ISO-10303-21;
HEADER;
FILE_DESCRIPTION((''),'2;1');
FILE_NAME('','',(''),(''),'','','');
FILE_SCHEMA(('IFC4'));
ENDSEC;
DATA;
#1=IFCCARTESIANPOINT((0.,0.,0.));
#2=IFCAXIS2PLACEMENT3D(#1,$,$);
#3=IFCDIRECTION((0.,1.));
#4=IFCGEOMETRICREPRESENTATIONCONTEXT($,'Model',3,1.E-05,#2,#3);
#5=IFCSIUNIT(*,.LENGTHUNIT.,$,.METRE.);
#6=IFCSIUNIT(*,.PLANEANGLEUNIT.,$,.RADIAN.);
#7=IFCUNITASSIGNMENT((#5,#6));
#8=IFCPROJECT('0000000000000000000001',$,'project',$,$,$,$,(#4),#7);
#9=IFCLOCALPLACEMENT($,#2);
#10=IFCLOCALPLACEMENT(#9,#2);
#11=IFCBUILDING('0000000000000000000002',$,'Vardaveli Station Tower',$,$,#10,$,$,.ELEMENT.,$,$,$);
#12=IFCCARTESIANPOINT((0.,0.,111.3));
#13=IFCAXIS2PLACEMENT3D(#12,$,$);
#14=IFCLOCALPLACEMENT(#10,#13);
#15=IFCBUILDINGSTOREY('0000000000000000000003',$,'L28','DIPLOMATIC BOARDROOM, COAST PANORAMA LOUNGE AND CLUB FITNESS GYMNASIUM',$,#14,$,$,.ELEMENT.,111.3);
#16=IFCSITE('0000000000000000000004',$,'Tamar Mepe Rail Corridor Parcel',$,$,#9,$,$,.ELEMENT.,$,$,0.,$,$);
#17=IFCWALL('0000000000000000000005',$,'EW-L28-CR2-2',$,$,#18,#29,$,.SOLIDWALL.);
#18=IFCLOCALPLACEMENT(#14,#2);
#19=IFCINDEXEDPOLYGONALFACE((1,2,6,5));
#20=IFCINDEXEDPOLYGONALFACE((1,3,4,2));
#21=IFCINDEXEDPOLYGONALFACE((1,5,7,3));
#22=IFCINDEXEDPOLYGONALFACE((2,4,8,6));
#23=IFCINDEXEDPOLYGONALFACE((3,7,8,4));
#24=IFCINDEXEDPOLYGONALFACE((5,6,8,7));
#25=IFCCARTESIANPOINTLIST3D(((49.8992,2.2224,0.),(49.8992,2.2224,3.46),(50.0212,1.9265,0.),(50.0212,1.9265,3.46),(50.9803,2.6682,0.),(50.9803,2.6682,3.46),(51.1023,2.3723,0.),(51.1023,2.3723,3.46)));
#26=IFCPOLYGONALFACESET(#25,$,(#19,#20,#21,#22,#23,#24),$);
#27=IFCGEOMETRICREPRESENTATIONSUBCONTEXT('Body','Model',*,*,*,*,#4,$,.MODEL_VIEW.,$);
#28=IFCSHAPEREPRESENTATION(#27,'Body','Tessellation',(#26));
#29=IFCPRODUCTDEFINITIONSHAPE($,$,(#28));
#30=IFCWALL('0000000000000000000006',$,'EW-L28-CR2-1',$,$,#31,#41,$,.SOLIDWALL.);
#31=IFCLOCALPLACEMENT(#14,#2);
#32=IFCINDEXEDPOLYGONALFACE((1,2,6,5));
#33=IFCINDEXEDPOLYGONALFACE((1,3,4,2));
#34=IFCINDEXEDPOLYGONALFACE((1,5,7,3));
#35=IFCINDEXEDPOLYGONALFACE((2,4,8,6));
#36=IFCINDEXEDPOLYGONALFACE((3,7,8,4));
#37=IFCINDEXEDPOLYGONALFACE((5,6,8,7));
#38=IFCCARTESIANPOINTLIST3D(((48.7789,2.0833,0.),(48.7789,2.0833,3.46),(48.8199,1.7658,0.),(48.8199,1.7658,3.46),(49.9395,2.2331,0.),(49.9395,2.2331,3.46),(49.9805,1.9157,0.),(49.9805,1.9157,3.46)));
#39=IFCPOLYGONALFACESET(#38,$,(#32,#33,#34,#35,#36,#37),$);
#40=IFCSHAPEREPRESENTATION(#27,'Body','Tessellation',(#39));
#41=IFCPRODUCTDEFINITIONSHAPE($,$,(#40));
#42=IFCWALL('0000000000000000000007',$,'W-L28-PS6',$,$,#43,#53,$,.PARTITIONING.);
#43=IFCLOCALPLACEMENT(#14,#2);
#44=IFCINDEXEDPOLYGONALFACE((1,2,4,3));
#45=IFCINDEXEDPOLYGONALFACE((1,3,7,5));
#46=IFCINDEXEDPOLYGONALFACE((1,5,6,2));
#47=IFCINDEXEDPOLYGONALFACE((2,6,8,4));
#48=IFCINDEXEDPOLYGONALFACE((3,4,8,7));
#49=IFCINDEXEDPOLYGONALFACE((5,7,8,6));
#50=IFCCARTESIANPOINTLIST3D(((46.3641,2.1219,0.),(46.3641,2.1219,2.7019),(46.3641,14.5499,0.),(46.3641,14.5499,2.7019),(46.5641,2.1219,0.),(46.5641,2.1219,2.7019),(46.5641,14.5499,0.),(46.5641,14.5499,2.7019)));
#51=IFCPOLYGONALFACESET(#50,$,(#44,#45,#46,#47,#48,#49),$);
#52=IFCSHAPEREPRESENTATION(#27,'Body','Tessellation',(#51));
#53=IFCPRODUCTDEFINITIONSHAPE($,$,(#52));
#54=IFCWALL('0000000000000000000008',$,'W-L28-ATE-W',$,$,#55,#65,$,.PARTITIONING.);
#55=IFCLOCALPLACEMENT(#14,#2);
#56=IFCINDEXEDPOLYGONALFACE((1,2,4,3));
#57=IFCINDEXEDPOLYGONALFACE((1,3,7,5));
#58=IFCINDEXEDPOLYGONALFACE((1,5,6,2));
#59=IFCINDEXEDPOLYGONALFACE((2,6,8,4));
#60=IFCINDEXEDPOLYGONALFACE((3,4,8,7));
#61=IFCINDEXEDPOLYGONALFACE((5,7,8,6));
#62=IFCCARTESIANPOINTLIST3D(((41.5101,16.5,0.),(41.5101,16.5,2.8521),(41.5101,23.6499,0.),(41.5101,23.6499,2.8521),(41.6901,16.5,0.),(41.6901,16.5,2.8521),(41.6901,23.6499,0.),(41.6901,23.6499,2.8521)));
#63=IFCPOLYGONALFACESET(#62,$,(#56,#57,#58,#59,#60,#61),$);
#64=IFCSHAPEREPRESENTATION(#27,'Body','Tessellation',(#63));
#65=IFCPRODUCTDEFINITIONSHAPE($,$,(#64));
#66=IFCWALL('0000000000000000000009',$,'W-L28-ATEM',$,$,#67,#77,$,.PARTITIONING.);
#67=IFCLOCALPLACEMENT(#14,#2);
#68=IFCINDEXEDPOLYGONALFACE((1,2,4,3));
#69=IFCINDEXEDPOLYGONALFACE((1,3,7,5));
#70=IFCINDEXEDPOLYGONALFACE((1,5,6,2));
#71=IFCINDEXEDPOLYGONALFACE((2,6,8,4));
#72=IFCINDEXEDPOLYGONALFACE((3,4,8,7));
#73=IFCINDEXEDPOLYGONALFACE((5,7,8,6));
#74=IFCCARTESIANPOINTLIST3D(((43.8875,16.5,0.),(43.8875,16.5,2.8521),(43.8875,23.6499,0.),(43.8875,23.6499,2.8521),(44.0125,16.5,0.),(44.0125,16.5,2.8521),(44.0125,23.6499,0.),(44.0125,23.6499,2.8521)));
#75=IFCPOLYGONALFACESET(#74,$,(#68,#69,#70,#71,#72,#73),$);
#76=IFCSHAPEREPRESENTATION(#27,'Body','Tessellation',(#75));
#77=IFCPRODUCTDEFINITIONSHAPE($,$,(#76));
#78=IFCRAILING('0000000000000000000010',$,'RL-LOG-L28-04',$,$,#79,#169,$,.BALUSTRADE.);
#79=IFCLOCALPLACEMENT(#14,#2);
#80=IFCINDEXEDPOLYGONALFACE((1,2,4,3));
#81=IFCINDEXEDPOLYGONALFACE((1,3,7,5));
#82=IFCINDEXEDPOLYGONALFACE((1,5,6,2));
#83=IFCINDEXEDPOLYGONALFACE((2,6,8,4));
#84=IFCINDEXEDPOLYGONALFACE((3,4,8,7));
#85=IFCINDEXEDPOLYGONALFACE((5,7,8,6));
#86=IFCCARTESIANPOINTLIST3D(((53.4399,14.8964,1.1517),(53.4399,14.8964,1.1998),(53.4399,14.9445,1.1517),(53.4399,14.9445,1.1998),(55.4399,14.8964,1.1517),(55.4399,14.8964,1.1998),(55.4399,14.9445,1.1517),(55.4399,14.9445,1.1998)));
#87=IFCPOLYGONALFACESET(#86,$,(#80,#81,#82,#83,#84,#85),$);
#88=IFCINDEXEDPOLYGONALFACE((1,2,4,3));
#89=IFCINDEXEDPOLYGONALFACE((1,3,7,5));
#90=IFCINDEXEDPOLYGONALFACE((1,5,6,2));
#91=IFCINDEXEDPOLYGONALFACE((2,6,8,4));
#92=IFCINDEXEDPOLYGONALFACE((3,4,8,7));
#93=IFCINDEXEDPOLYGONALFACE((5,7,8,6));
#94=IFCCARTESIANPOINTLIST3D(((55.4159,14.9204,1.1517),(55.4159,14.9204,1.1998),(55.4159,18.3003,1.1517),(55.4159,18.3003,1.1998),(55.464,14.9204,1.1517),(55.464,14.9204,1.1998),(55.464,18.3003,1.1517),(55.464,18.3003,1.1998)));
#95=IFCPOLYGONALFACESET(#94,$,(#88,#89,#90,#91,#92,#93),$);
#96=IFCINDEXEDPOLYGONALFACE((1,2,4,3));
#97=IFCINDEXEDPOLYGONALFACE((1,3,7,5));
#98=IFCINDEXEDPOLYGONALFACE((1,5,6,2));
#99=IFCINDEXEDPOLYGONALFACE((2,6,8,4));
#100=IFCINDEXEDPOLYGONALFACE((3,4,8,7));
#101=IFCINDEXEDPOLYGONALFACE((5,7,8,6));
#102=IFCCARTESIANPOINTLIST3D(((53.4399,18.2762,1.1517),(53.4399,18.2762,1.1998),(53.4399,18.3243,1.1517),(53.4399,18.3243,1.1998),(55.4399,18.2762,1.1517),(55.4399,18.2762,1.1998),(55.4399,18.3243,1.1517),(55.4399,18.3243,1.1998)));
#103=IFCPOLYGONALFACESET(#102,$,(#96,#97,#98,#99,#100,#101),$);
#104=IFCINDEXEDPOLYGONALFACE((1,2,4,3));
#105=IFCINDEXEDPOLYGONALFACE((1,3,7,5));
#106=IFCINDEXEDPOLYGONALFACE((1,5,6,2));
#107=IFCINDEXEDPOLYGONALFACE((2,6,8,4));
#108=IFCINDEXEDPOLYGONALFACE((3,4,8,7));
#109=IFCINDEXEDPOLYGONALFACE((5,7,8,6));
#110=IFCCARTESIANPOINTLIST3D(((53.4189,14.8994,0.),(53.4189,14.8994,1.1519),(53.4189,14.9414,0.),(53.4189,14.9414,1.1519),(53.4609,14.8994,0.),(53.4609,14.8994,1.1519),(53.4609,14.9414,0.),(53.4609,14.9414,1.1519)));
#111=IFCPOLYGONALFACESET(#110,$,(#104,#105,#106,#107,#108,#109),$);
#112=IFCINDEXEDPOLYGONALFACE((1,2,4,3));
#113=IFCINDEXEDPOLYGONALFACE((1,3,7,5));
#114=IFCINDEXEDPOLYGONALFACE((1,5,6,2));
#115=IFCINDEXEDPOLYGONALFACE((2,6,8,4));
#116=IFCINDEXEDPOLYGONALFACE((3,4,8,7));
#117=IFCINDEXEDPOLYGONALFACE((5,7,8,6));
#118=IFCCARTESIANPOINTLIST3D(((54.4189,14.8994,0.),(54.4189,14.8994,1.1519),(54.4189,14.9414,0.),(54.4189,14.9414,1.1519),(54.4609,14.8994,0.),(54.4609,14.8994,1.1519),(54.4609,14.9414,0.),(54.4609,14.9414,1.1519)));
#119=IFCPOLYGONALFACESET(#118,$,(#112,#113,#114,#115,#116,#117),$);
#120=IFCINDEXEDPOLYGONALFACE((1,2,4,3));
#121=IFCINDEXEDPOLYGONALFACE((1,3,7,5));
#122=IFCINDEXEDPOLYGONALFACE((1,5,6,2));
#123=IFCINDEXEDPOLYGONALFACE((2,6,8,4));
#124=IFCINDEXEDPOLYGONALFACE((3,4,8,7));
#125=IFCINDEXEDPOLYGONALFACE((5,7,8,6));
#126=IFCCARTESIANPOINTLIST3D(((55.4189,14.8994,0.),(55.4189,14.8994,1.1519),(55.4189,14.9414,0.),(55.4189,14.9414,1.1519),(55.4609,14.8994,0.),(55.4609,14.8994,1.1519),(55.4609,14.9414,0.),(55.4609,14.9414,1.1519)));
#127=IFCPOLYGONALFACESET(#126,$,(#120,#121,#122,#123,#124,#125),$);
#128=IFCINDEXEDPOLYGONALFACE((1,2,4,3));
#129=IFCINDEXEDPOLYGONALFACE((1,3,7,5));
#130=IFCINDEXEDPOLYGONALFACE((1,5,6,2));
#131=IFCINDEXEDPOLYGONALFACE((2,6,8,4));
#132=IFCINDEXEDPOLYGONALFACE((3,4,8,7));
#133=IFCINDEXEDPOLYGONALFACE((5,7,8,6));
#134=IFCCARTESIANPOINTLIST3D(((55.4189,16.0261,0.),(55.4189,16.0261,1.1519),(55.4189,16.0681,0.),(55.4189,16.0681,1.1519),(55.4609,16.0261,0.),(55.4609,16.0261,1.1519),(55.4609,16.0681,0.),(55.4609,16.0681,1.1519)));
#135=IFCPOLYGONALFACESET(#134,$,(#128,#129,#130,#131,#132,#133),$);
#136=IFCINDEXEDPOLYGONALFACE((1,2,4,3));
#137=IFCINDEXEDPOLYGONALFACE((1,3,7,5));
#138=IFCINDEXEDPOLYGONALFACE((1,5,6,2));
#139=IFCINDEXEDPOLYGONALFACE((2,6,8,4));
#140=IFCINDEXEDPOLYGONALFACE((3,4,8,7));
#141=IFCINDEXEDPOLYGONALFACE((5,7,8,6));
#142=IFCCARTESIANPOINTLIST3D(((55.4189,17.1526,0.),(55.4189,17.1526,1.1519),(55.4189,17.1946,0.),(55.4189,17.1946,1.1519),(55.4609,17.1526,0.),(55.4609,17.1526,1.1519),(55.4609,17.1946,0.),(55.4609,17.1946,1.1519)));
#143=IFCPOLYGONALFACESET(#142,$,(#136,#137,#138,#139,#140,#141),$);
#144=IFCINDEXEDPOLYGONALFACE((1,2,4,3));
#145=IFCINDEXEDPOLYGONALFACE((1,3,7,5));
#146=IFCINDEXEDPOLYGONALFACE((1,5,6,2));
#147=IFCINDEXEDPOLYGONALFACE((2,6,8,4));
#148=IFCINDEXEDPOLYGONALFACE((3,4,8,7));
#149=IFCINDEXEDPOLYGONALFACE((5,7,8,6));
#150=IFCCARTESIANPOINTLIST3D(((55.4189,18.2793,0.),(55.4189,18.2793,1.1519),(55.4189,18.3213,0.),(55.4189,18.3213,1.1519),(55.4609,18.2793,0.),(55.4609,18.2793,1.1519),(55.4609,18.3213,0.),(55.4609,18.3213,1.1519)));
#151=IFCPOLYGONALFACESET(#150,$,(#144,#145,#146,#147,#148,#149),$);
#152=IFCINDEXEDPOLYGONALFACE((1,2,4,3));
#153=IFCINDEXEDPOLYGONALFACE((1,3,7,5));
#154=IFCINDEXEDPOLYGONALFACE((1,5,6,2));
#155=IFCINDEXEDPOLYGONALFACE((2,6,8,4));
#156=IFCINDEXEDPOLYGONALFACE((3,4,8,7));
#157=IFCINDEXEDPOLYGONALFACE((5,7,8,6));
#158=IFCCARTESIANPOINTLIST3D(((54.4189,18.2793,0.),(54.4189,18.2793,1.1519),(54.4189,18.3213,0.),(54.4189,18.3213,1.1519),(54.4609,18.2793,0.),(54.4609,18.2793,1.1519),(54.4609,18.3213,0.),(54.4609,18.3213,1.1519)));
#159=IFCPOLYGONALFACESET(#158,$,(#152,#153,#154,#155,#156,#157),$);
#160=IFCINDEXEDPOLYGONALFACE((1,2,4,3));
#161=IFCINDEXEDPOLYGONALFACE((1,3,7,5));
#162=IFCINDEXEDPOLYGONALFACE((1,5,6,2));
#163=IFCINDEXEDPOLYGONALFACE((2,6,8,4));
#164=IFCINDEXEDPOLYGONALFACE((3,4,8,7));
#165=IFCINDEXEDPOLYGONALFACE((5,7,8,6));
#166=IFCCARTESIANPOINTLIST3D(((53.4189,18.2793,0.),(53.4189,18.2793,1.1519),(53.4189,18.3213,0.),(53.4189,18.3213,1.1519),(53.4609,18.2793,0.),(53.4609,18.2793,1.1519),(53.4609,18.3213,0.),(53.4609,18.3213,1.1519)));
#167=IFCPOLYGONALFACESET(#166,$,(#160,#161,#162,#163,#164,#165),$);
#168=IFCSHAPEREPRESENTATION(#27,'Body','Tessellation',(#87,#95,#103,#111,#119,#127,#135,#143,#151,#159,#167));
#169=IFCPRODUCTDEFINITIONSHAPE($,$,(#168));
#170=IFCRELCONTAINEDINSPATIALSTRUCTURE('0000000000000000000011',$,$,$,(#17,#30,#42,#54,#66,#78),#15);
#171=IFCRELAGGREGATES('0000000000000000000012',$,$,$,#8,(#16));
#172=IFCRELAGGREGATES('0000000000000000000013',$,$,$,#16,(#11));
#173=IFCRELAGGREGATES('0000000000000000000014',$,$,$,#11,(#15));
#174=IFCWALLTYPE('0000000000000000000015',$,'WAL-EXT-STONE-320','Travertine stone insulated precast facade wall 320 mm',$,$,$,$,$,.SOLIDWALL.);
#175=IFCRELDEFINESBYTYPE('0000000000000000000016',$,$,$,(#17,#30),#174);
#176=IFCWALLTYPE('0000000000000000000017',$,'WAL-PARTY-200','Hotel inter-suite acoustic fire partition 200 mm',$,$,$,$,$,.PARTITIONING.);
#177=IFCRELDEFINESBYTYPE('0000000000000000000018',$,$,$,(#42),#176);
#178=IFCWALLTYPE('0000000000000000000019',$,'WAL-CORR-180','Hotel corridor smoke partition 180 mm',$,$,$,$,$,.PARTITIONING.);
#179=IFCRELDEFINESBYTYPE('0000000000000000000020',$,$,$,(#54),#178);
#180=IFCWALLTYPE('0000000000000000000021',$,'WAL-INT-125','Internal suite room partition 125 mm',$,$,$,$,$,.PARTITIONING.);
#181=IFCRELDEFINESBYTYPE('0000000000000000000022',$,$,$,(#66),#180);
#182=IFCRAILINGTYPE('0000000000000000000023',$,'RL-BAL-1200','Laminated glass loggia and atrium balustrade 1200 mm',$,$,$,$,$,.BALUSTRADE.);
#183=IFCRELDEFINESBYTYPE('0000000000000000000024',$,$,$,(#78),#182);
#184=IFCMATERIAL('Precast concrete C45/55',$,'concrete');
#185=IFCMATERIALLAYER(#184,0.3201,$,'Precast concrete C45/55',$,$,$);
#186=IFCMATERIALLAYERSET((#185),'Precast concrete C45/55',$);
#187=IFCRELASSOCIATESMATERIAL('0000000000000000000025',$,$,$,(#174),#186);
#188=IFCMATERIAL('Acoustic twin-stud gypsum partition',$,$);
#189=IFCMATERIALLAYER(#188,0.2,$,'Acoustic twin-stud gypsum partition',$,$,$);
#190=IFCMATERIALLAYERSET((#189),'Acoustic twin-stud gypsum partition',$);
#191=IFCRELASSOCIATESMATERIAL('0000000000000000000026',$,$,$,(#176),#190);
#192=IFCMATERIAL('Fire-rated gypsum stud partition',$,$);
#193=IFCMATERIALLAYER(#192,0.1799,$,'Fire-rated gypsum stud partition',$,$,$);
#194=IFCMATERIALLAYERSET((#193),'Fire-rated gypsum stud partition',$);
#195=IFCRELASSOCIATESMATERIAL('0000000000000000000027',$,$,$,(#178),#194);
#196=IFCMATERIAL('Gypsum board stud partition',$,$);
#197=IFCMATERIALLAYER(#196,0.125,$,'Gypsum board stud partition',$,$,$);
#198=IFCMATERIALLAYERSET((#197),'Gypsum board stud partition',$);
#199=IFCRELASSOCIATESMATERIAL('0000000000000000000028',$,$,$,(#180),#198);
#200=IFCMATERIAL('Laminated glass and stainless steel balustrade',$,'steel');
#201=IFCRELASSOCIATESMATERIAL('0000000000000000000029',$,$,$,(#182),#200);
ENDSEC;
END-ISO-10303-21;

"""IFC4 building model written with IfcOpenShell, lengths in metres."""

from ifc_helpers import new_model, si_unit, direction, frame, frame_2d, origin, origin_2d, place, context, subcontext, project, spatial, rectangle, extrude, source, transform, mapped, material, layer, layer_set, type_object, element, save


model = new_model("IFC4")

# Units and contexts
model_context = context("Model", 3, precision=1e-05, world=origin(), true_north=direction((0.0, 1.0)))
body_context = subcontext(model_context, "Body", "Model", "MODEL_VIEW")
ifc_project = project(units=[si_unit("LENGTHUNIT", "METRE"), si_unit("PLANEANGLEUNIT", "RADIAN")], contexts=[model_context])

# Site, building, storey
site_placement = place(None, origin())
site = spatial("IfcSite", under=ifc_project, at=site_placement, Name="Tamar Mepe Rail Corridor Parcel", CompositionType="ELEMENT", RefElevation=0.0)
building_placement = place(site_placement, origin())
building = spatial("IfcBuilding", under=site, at=building_placement, Name="Vardaveli Station Tower", CompositionType="ELEMENT")
storey_placement = place(building_placement, frame((0.0, 0.0, 111.3)))
storey = spatial("IfcBuildingStorey", under=building, at=storey_placement, Name="L28", Description="DIPLOMATIC BOARDROOM, COAST PANORAMA LOUNGE AND CLUB FITNESS GYMNASIUM", CompositionType="ELEMENT", Elevation=111.3)

# Shared definitions
ifc_material_1 = material(Name="Precast concrete C45/55", Category="concrete")

# Shared definitions
ifc_layer_1 = layer(ifc_material_1, 0.3201, Name="Precast concrete C45/55")
ifc_layer_set_1 = layer_set([ifc_layer_1], Name="Precast concrete C45/55")
wall_type_1 = type_object("IfcWallType", Name="WAL-EXT-STONE-320", Description="Travertine stone insulated precast facade wall 320 mm", PredefinedType="SOLIDWALL", material=ifc_layer_set_1)

# Walls
shared_shape_1 = source(origin(), body_context, "Body", "SweptSolid", [
    extrude(rectangle(XDim=1.1694, YDim=0.3201, at=frame_2d((0.5847, 0.0))), origin(), (0.0, 0.0, 1.0), 3.46),
])
wall_1_placement = place(storey_placement, frame((49.9602, 2.0745, 0.0), z_axis=(0.0, 0.0, 1.0), x_axis=(0.924479, 0.381233, 0.0)))
element("IfcWall", 1, at=wall_1_placement, inside=storey, type_object=wall_type_1, Name="EW-L28-CR2-2", PredefinedType="SOLIDWALL", context=body_context, shape_type="MappedRepresentation", body=[
    mapped(shared_shape_1, transform((0.0, 0.0, 0.0), scale=1.0)),
])
shared_shape_2 = source(origin(), body_context, "Body", "SweptSolid", [
    extrude(rectangle(XDim=1.1702, YDim=0.3201, at=frame_2d((0.585, 0.0))), origin(), (0.0, 0.0, 1.0), 3.46),
])
wall_2_placement = place(storey_placement, frame((48.7996, 1.9246, 0.0), z_axis=(0.0, 0.0, 1.0), x_axis=(0.991762, 0.12809, 0.0)))
element("IfcWall", 2, at=wall_2_placement, inside=storey, type_object=wall_type_1, Name="EW-L28-CR2-1", PredefinedType="SOLIDWALL", context=body_context, shape_type="MappedRepresentation", body=[
    mapped(shared_shape_2, transform((0.0, 0.0, 0.0), scale=1.0)),
])
ifc_material_2 = material(Name="Acoustic twin-stud gypsum partition")
ifc_layer_2 = layer(ifc_material_2, 0.2, Name="Acoustic twin-stud gypsum partition")
ifc_layer_set_2 = layer_set([ifc_layer_2], Name="Acoustic twin-stud gypsum partition")
wall_type_2 = type_object("IfcWallType", Name="WAL-PARTY-200", Description="Hotel inter-suite acoustic fire partition 200 mm", PredefinedType="PARTITIONING", material=ifc_layer_set_2)
shared_shape_3 = source(origin(), body_context, "Body", "SweptSolid", [
    extrude(rectangle(XDim=12.428, YDim=0.2, at=frame_2d((6.2139, 0.0))), origin(), (0.0, 0.0, 1.0), 2.7019),
])
wall_3_placement = place(storey_placement, frame((46.4641, 2.1221, 0.0), z_axis=(0.0, 0.0, 1.0), x_axis=(0.0, 1.0, 0.0)))
element("IfcWall", 3, at=wall_3_placement, inside=storey, type_object=wall_type_2, Name="W-L28-PS6", PredefinedType="PARTITIONING", context=body_context, shape_type="MappedRepresentation", body=[
    mapped(shared_shape_3, transform((0.0, 0.0, 0.0), scale=1.0)),
])
ifc_material_3 = material(Name="Fire-rated gypsum stud partition")
ifc_layer_3 = layer(ifc_material_3, 0.1799, Name="Fire-rated gypsum stud partition")
ifc_layer_set_3 = layer_set([ifc_layer_3], Name="Fire-rated gypsum stud partition")
wall_type_3 = type_object("IfcWallType", Name="WAL-CORR-180", Description="Hotel corridor smoke partition 180 mm", PredefinedType="PARTITIONING", material=ifc_layer_set_3)
shared_shape_4 = source(origin(), body_context, "Body", "SweptSolid", [
    extrude(rectangle(XDim=7.1499, YDim=0.1799, at=frame_2d((3.575, 0.0))), origin(), (0.0, 0.0, 1.0), 2.8521),
])
wall_4_placement = place(storey_placement, frame((41.6001, 16.5, 0.0), z_axis=(0.0, 0.0, 1.0), x_axis=(0.0, 1.0, 0.0)))
element("IfcWall", 4, at=wall_4_placement, inside=storey, type_object=wall_type_3, Name="W-L28-ATE-W", PredefinedType="PARTITIONING", context=body_context, shape_type="MappedRepresentation", body=[
    mapped(shared_shape_4, transform((0.0, 0.0, 0.0), scale=1.0)),
])
ifc_material_4 = material(Name="Gypsum board stud partition")
ifc_layer_4 = layer(ifc_material_4, 0.125, Name="Gypsum board stud partition")
ifc_layer_set_4 = layer_set([ifc_layer_4], Name="Gypsum board stud partition")
wall_type_4 = type_object("IfcWallType", Name="WAL-INT-125", Description="Internal suite room partition 125 mm", PredefinedType="PARTITIONING", material=ifc_layer_set_4)
shared_shape_5 = source(origin(), body_context, "Body", "SweptSolid", [
    extrude(rectangle(XDim=7.1499, YDim=0.125, at=frame_2d((3.575, 0.0))), origin(), (0.0, 0.0, 1.0), 2.8521),
])
wall_5_placement = place(storey_placement, frame((43.95, 16.5, 0.0), z_axis=(0.0, 0.0, 1.0), x_axis=(0.0, 1.0, 0.0)))
element("IfcWall", 5, at=wall_5_placement, inside=storey, type_object=wall_type_4, Name="W-L28-ATEM", PredefinedType="PARTITIONING", context=body_context, shape_type="MappedRepresentation", body=[
    mapped(shared_shape_5, transform((0.0, 0.0, 0.0), scale=1.0)),
])

# Railing
ifc_material_5 = material(Name="Laminated glass and stainless steel balustrade", Category="steel")
railing_type = type_object("IfcRailingType", Name="RL-BAL-1200", Description="Laminated glass loggia and atrium balustrade 1200 mm", PredefinedType="BALUSTRADE", material=ifc_material_5)
shared_shape_6 = source(origin(), body_context, "Body", "SweptSolid", [
    extrude(rectangle(XDim=0.0481, YDim=0.0481, at=origin_2d()), frame((0.0, 0.0, 1.1758), z_axis=(1.0, 0.0, 0.0), x_axis=(0.0, 1.0, 0.0)), (0.0, 0.0, 1.0), 2.0),
    extrude(rectangle(XDim=0.0481, YDim=0.0481, at=origin_2d()), frame((2.0, 0.0, 1.1758), z_axis=(0.0, 1.0, 0.0), x_axis=(-1.0, 0.0, 0.0)), (0.0, 0.0, 1.0), 3.3799),
    extrude(rectangle(XDim=0.0481, YDim=0.0481, at=origin_2d()), frame((2.0, 3.3799, 1.1758), z_axis=(-1.0, 0.0, 0.0), x_axis=(0.0, -1.0, 0.0)), (0.0, 0.0, 1.0), 2.0),
    extrude(rectangle(XDim=0.042, YDim=0.042, at=origin_2d()), origin(), (0.0, 0.0, 1.0), 1.1519),
    extrude(rectangle(XDim=0.042, YDim=0.042, at=origin_2d()), frame((1.0, 0.0, 0.0)), (0.0, 0.0, 1.0), 1.1519),
    extrude(rectangle(XDim=0.042, YDim=0.042, at=origin_2d()), frame((2.0, 0.0, 0.0)), (0.0, 0.0, 1.0), 1.1519),
    extrude(rectangle(XDim=0.042, YDim=0.042, at=origin_2d()), frame((2.0, 1.1267, 0.0)), (0.0, 0.0, 1.0), 1.1519),
    extrude(rectangle(XDim=0.042, YDim=0.042, at=origin_2d()), frame((2.0, 2.2532, 0.0)), (0.0, 0.0, 1.0), 1.1519),
    extrude(rectangle(XDim=0.042, YDim=0.042, at=origin_2d()), frame((2.0, 3.3799, 0.0)), (0.0, 0.0, 1.0), 1.1519),
    extrude(rectangle(XDim=0.042, YDim=0.042, at=origin_2d()), frame((1.0, 3.3799, 0.0)), (0.0, 0.0, 1.0), 1.1519),
    extrude(rectangle(XDim=0.042, YDim=0.042, at=origin_2d()), frame((0.0, 3.3799, 0.0)), (0.0, 0.0, 1.0), 1.1519),
])
railing_placement = place(storey_placement, frame((53.4399, 14.9204, 0.0)))
element("IfcRailing", 6, at=railing_placement, inside=storey, type_object=railing_type, Name="RL-LOG-L28-04", PredefinedType="BALUSTRADE", context=body_context, shape_type="MappedRepresentation", body=[
    mapped(shared_shape_6, transform((0.0, 0.0, 0.0), scale=1.0)),
])

save(model, "model.ifc")
